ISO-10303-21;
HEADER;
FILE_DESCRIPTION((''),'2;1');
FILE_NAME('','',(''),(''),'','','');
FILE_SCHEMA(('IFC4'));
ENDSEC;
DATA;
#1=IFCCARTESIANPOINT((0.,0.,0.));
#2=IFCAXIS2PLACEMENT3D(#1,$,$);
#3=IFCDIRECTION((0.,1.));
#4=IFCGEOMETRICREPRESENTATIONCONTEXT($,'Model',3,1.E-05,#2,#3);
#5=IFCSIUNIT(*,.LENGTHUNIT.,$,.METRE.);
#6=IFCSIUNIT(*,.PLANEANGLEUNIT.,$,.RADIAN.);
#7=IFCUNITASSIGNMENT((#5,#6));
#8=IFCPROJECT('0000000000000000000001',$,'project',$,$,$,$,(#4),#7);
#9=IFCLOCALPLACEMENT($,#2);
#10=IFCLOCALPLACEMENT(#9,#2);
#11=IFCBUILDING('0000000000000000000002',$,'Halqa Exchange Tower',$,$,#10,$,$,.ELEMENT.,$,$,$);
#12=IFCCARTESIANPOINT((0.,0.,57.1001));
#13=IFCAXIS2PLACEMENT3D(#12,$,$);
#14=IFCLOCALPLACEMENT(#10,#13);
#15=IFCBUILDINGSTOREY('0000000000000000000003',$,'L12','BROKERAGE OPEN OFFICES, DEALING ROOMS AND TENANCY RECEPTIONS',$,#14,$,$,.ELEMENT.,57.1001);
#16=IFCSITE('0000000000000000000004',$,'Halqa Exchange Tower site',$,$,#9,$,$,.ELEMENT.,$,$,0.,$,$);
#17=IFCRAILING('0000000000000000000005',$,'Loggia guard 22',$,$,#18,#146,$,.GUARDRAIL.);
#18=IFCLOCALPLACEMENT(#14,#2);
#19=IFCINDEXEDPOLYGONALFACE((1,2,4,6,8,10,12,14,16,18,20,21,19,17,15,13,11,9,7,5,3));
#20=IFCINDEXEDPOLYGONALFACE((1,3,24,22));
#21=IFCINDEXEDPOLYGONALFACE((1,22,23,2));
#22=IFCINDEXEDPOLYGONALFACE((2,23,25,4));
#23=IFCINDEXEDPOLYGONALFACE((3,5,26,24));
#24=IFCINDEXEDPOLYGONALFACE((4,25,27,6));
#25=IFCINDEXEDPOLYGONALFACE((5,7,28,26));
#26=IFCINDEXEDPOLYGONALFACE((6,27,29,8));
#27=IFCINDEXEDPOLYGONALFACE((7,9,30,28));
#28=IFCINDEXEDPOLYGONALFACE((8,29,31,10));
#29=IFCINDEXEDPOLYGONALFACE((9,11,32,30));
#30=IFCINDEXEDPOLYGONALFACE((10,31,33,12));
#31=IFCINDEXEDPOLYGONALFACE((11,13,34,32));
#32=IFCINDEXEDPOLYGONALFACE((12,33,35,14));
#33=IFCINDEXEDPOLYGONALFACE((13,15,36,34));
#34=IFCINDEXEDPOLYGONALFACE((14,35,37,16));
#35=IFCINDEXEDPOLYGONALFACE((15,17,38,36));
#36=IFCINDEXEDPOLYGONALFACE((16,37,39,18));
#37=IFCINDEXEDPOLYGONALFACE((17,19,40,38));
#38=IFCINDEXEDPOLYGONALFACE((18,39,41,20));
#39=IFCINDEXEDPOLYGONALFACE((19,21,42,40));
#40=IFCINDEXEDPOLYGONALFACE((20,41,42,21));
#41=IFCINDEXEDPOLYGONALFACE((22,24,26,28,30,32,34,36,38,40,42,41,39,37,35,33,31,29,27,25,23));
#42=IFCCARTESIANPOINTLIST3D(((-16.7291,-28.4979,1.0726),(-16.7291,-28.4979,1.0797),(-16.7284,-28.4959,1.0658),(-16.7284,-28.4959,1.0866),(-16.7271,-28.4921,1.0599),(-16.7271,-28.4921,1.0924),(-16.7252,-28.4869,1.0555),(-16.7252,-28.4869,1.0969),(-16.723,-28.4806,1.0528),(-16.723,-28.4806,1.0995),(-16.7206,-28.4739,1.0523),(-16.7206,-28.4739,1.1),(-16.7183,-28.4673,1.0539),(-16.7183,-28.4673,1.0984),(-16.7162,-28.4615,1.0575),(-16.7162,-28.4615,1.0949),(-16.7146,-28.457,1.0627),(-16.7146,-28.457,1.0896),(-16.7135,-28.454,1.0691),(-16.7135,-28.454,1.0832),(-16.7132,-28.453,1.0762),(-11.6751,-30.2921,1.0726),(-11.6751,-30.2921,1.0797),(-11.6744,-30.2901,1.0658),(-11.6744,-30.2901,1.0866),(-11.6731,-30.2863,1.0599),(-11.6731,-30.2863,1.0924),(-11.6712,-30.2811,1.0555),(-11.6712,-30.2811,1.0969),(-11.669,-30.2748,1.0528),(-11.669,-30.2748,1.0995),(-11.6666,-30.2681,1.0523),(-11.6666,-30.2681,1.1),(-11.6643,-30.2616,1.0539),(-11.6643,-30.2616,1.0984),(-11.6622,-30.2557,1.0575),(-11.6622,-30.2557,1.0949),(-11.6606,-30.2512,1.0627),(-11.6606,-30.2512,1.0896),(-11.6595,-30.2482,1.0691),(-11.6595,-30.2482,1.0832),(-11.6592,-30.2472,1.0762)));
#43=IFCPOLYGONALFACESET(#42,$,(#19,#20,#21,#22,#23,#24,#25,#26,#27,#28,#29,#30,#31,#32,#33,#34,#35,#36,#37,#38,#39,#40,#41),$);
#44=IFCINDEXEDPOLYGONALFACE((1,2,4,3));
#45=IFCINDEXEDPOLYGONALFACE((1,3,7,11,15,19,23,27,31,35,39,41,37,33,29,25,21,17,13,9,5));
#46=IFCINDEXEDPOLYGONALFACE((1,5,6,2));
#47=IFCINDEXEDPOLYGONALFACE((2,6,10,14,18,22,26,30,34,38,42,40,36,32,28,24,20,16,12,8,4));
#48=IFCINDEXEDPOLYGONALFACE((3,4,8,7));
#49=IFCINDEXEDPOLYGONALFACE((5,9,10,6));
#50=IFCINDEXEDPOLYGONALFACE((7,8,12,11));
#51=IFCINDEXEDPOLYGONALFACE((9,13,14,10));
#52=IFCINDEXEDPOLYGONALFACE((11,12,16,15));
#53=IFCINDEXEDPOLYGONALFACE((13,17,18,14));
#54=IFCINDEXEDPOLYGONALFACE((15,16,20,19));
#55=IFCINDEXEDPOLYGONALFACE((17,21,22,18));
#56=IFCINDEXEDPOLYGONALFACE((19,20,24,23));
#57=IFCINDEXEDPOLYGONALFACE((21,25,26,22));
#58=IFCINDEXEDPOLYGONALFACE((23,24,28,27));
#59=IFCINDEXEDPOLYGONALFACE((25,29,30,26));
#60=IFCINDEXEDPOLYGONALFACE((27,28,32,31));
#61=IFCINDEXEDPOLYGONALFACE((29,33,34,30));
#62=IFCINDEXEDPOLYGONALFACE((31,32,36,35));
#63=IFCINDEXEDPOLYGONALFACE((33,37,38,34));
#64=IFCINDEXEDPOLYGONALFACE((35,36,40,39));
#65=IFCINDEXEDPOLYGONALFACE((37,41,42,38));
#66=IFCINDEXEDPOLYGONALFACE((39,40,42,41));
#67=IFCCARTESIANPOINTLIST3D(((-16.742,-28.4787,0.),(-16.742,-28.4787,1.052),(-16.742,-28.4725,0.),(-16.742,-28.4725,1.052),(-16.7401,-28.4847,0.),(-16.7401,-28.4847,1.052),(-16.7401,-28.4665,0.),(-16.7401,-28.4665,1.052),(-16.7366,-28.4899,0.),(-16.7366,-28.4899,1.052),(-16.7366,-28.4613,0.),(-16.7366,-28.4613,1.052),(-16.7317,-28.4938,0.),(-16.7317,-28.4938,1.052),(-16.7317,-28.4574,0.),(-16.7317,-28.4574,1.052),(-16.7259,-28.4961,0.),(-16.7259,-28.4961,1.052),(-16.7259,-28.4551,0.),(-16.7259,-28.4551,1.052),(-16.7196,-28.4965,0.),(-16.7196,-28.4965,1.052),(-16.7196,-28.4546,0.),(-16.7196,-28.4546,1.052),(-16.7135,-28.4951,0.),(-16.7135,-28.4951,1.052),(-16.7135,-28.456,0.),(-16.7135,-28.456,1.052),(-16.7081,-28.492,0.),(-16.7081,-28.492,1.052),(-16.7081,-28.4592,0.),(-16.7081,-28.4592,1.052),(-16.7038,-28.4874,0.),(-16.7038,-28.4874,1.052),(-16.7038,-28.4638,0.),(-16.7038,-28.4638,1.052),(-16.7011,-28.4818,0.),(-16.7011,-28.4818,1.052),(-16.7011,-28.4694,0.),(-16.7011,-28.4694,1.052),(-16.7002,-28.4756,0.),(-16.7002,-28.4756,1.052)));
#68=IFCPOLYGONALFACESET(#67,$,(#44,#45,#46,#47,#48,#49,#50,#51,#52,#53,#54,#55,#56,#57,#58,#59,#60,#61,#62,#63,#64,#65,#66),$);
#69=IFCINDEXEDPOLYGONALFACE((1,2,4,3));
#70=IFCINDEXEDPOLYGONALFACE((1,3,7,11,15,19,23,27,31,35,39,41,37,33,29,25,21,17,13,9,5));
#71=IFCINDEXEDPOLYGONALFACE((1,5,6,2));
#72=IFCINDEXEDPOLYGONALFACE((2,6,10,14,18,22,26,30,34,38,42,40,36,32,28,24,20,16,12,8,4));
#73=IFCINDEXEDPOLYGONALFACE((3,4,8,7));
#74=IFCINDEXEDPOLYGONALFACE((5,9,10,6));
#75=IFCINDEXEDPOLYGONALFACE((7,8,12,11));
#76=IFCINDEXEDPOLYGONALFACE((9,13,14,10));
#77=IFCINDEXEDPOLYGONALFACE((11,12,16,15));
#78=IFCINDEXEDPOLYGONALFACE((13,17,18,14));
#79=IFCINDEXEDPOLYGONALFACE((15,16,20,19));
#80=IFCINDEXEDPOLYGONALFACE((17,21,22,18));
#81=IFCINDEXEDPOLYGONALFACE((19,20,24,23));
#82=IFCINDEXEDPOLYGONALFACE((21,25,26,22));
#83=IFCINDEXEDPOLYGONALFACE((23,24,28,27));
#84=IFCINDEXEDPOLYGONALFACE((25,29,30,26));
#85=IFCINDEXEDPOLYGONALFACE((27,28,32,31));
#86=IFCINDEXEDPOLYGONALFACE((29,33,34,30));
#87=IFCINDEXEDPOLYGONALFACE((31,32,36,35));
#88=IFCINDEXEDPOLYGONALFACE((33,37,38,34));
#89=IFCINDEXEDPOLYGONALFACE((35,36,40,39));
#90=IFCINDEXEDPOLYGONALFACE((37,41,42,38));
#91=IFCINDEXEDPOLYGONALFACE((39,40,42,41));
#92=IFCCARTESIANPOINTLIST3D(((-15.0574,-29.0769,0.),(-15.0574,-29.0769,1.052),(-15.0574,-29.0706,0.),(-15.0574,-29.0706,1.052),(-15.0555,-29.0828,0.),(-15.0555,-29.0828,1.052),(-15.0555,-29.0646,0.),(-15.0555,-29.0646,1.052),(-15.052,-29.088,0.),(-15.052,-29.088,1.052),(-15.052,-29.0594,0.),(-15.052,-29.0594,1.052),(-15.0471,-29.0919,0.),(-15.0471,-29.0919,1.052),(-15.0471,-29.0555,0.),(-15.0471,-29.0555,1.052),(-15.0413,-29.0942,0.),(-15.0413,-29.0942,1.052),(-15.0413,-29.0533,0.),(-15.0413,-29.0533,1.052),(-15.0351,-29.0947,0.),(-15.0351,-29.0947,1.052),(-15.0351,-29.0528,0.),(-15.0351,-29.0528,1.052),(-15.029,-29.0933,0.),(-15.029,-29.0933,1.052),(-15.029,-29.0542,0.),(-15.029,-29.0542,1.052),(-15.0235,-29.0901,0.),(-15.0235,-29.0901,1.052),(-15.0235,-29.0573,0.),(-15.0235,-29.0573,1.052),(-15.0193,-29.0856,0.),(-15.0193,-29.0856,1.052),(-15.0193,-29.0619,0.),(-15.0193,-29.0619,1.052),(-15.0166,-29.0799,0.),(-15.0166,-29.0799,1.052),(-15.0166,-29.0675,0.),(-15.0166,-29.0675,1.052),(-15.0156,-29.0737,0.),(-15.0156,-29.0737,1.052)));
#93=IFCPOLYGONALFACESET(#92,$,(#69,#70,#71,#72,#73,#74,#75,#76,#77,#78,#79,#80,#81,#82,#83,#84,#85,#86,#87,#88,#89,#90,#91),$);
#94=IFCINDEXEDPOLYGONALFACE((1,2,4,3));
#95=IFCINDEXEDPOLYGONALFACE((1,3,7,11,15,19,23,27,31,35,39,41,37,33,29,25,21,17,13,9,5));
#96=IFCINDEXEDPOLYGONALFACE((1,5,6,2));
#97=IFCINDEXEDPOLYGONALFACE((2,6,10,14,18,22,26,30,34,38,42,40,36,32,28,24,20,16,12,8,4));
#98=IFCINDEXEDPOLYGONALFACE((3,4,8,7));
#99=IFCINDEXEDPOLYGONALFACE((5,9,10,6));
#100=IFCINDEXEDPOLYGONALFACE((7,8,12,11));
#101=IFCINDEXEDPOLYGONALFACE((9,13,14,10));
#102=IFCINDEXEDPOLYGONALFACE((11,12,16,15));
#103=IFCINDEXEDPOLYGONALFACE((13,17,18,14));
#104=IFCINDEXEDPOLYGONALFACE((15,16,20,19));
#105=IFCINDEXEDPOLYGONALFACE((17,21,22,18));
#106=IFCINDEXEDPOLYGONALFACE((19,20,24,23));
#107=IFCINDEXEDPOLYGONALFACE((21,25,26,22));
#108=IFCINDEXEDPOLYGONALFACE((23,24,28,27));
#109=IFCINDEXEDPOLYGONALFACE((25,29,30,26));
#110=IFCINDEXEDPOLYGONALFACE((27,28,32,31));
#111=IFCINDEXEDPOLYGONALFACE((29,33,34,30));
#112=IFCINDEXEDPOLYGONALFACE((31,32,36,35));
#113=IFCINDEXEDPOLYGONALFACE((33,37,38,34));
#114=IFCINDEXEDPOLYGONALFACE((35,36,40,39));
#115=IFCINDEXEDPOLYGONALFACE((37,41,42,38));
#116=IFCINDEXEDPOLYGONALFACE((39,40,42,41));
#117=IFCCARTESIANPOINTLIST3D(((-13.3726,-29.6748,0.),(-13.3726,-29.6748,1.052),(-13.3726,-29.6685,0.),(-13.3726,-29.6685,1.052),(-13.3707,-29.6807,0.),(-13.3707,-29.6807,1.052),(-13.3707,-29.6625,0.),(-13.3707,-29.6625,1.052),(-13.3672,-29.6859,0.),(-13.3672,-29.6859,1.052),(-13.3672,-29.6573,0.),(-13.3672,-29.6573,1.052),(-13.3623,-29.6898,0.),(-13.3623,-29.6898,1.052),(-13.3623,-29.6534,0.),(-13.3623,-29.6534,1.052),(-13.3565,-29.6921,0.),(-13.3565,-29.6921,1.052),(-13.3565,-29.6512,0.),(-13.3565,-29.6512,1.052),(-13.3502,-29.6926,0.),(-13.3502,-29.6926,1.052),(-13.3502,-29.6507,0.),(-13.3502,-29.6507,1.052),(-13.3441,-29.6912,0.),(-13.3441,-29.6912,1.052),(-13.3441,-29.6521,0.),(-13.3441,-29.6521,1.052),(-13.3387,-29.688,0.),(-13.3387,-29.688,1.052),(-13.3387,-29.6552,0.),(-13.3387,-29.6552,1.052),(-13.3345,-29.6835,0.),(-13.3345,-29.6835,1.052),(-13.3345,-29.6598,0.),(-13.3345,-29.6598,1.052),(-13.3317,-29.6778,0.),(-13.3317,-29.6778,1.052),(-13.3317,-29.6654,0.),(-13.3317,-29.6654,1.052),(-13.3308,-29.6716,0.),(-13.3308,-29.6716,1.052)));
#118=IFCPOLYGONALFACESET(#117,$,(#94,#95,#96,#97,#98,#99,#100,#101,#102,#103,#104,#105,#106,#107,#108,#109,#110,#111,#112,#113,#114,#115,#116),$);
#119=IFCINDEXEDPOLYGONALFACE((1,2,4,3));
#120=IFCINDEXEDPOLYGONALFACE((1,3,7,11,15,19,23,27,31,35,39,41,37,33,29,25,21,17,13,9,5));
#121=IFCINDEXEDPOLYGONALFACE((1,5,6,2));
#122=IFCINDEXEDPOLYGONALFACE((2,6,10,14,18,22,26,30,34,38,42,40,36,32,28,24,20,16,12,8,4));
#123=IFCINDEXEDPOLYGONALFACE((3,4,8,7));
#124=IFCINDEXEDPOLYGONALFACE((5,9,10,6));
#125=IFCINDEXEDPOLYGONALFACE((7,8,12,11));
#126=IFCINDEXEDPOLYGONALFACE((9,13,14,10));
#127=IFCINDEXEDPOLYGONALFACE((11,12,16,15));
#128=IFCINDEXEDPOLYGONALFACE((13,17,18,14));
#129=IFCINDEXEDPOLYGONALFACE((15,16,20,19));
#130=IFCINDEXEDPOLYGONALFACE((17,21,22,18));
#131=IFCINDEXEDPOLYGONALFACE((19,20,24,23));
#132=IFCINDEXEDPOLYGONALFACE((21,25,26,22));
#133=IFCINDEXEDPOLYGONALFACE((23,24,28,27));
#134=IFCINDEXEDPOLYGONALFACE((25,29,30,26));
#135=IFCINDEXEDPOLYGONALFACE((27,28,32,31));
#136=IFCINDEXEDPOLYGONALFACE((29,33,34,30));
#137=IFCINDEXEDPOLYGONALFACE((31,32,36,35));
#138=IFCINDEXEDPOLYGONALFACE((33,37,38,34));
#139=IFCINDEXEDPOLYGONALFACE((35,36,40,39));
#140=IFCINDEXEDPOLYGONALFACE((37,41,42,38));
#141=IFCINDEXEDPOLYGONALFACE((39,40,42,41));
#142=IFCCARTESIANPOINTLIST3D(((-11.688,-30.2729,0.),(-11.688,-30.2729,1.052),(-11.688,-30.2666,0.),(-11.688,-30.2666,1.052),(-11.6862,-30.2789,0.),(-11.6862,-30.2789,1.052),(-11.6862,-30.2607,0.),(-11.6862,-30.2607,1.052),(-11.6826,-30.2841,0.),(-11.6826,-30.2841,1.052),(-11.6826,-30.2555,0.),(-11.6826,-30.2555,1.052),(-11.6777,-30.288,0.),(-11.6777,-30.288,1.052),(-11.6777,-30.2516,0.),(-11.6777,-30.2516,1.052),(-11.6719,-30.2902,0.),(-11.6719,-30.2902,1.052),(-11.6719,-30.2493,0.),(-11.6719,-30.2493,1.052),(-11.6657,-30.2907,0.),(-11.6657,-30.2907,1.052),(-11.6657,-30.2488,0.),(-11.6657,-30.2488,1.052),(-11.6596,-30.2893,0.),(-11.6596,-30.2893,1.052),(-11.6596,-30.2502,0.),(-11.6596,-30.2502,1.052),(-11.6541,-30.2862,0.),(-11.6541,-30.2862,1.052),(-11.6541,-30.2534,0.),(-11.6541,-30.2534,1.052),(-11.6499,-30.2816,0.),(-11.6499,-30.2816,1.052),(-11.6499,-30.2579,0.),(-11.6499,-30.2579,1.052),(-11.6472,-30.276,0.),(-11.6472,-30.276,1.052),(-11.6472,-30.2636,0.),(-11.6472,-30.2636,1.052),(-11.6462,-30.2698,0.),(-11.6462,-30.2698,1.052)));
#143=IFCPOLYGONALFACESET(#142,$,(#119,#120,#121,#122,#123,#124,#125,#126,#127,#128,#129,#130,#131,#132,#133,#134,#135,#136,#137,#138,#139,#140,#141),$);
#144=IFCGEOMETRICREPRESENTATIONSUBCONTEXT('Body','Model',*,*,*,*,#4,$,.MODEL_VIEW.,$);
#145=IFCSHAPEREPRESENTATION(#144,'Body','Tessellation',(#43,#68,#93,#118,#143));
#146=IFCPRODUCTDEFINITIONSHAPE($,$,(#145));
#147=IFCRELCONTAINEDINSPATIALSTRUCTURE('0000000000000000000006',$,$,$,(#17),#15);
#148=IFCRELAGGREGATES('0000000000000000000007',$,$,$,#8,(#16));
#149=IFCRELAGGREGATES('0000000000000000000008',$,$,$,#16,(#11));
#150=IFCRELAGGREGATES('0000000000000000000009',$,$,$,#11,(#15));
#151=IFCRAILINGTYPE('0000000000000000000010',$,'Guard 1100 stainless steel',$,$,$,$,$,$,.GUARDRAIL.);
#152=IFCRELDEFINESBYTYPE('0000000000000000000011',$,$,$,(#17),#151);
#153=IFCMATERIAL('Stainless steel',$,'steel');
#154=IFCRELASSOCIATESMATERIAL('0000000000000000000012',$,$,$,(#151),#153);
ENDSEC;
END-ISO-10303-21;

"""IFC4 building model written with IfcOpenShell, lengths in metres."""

from ifc_helpers import new_model, si_unit, direction, frame, origin, origin_2d, place, context, subcontext, project, spatial, circle, extrude, material, type_object, element, save


model = new_model("IFC4")

# Units and contexts
model_context = context("Model", 3, precision=1e-05, world=origin(), true_north=direction((0.0, 1.0)))
body_context = subcontext(model_context, "Body", "Model", "MODEL_VIEW")
ifc_project = project(units=[si_unit("LENGTHUNIT", "METRE"), si_unit("PLANEANGLEUNIT", "RADIAN")], contexts=[model_context])

# Site, building, storey
site_placement = place(None, origin())
site = spatial("IfcSite", under=ifc_project, at=site_placement, Name="Halqa Exchange Tower site", CompositionType="ELEMENT", RefElevation=0.0)
building_placement = place(site_placement, origin())
building = spatial("IfcBuilding", under=site, at=building_placement, Name="Halqa Exchange Tower", CompositionType="ELEMENT")
storey_placement = place(building_placement, frame((0.0, 0.0, 57.1001)))
storey = spatial("IfcBuildingStorey", under=building, at=storey_placement, Name="L12", Description="BROKERAGE OPEN OFFICES, DEALING ROOMS AND TENANCY RECEPTIONS", CompositionType="ELEMENT", Elevation=57.1001)

# Railing
ifc_material_1 = material(Name="Stainless steel", Category="steel")
railing_type = type_object("IfcRailingType", Name="Guard 1100 stainless steel", PredefinedType="GUARDRAIL", material=ifc_material_1)
railing_1_placement = place(storey_placement, frame((-16.7212, -28.4756, 0.0)))
element("IfcRailing", 1, at=railing_1_placement, inside=storey, type_object=railing_type, Name="Loggia guard 22", PredefinedType="GUARDRAIL", context=body_context, shape_type="SweptSolid", body=[
    extrude(circle(Radius=0.0239, at=origin_2d()), frame((0.0, 0.0, 1.0762), z_axis=(0.942378, -0.334551, 0.0), x_axis=(0.334551, 0.942378, 0.0)), (0.0, 0.0, 1.0), 5.363),
    extrude(circle(Radius=0.021, at=origin_2d()), origin(), (0.0, 0.0, 1.0), 1.052),
    extrude(circle(Radius=0.021, at=origin_2d()), frame((1.6846, -0.5981, 0.0)), (0.0, 0.0, 1.0), 1.052),
    extrude(circle(Radius=0.021, at=origin_2d()), frame((3.3694, -1.196, 0.0)), (0.0, 0.0, 1.0), 1.052),
    extrude(circle(Radius=0.021, at=origin_2d()), frame((5.054, -1.7942, 0.0)), (0.0, 0.0, 1.0), 1.052),
])

save(model, "model.ifc")
